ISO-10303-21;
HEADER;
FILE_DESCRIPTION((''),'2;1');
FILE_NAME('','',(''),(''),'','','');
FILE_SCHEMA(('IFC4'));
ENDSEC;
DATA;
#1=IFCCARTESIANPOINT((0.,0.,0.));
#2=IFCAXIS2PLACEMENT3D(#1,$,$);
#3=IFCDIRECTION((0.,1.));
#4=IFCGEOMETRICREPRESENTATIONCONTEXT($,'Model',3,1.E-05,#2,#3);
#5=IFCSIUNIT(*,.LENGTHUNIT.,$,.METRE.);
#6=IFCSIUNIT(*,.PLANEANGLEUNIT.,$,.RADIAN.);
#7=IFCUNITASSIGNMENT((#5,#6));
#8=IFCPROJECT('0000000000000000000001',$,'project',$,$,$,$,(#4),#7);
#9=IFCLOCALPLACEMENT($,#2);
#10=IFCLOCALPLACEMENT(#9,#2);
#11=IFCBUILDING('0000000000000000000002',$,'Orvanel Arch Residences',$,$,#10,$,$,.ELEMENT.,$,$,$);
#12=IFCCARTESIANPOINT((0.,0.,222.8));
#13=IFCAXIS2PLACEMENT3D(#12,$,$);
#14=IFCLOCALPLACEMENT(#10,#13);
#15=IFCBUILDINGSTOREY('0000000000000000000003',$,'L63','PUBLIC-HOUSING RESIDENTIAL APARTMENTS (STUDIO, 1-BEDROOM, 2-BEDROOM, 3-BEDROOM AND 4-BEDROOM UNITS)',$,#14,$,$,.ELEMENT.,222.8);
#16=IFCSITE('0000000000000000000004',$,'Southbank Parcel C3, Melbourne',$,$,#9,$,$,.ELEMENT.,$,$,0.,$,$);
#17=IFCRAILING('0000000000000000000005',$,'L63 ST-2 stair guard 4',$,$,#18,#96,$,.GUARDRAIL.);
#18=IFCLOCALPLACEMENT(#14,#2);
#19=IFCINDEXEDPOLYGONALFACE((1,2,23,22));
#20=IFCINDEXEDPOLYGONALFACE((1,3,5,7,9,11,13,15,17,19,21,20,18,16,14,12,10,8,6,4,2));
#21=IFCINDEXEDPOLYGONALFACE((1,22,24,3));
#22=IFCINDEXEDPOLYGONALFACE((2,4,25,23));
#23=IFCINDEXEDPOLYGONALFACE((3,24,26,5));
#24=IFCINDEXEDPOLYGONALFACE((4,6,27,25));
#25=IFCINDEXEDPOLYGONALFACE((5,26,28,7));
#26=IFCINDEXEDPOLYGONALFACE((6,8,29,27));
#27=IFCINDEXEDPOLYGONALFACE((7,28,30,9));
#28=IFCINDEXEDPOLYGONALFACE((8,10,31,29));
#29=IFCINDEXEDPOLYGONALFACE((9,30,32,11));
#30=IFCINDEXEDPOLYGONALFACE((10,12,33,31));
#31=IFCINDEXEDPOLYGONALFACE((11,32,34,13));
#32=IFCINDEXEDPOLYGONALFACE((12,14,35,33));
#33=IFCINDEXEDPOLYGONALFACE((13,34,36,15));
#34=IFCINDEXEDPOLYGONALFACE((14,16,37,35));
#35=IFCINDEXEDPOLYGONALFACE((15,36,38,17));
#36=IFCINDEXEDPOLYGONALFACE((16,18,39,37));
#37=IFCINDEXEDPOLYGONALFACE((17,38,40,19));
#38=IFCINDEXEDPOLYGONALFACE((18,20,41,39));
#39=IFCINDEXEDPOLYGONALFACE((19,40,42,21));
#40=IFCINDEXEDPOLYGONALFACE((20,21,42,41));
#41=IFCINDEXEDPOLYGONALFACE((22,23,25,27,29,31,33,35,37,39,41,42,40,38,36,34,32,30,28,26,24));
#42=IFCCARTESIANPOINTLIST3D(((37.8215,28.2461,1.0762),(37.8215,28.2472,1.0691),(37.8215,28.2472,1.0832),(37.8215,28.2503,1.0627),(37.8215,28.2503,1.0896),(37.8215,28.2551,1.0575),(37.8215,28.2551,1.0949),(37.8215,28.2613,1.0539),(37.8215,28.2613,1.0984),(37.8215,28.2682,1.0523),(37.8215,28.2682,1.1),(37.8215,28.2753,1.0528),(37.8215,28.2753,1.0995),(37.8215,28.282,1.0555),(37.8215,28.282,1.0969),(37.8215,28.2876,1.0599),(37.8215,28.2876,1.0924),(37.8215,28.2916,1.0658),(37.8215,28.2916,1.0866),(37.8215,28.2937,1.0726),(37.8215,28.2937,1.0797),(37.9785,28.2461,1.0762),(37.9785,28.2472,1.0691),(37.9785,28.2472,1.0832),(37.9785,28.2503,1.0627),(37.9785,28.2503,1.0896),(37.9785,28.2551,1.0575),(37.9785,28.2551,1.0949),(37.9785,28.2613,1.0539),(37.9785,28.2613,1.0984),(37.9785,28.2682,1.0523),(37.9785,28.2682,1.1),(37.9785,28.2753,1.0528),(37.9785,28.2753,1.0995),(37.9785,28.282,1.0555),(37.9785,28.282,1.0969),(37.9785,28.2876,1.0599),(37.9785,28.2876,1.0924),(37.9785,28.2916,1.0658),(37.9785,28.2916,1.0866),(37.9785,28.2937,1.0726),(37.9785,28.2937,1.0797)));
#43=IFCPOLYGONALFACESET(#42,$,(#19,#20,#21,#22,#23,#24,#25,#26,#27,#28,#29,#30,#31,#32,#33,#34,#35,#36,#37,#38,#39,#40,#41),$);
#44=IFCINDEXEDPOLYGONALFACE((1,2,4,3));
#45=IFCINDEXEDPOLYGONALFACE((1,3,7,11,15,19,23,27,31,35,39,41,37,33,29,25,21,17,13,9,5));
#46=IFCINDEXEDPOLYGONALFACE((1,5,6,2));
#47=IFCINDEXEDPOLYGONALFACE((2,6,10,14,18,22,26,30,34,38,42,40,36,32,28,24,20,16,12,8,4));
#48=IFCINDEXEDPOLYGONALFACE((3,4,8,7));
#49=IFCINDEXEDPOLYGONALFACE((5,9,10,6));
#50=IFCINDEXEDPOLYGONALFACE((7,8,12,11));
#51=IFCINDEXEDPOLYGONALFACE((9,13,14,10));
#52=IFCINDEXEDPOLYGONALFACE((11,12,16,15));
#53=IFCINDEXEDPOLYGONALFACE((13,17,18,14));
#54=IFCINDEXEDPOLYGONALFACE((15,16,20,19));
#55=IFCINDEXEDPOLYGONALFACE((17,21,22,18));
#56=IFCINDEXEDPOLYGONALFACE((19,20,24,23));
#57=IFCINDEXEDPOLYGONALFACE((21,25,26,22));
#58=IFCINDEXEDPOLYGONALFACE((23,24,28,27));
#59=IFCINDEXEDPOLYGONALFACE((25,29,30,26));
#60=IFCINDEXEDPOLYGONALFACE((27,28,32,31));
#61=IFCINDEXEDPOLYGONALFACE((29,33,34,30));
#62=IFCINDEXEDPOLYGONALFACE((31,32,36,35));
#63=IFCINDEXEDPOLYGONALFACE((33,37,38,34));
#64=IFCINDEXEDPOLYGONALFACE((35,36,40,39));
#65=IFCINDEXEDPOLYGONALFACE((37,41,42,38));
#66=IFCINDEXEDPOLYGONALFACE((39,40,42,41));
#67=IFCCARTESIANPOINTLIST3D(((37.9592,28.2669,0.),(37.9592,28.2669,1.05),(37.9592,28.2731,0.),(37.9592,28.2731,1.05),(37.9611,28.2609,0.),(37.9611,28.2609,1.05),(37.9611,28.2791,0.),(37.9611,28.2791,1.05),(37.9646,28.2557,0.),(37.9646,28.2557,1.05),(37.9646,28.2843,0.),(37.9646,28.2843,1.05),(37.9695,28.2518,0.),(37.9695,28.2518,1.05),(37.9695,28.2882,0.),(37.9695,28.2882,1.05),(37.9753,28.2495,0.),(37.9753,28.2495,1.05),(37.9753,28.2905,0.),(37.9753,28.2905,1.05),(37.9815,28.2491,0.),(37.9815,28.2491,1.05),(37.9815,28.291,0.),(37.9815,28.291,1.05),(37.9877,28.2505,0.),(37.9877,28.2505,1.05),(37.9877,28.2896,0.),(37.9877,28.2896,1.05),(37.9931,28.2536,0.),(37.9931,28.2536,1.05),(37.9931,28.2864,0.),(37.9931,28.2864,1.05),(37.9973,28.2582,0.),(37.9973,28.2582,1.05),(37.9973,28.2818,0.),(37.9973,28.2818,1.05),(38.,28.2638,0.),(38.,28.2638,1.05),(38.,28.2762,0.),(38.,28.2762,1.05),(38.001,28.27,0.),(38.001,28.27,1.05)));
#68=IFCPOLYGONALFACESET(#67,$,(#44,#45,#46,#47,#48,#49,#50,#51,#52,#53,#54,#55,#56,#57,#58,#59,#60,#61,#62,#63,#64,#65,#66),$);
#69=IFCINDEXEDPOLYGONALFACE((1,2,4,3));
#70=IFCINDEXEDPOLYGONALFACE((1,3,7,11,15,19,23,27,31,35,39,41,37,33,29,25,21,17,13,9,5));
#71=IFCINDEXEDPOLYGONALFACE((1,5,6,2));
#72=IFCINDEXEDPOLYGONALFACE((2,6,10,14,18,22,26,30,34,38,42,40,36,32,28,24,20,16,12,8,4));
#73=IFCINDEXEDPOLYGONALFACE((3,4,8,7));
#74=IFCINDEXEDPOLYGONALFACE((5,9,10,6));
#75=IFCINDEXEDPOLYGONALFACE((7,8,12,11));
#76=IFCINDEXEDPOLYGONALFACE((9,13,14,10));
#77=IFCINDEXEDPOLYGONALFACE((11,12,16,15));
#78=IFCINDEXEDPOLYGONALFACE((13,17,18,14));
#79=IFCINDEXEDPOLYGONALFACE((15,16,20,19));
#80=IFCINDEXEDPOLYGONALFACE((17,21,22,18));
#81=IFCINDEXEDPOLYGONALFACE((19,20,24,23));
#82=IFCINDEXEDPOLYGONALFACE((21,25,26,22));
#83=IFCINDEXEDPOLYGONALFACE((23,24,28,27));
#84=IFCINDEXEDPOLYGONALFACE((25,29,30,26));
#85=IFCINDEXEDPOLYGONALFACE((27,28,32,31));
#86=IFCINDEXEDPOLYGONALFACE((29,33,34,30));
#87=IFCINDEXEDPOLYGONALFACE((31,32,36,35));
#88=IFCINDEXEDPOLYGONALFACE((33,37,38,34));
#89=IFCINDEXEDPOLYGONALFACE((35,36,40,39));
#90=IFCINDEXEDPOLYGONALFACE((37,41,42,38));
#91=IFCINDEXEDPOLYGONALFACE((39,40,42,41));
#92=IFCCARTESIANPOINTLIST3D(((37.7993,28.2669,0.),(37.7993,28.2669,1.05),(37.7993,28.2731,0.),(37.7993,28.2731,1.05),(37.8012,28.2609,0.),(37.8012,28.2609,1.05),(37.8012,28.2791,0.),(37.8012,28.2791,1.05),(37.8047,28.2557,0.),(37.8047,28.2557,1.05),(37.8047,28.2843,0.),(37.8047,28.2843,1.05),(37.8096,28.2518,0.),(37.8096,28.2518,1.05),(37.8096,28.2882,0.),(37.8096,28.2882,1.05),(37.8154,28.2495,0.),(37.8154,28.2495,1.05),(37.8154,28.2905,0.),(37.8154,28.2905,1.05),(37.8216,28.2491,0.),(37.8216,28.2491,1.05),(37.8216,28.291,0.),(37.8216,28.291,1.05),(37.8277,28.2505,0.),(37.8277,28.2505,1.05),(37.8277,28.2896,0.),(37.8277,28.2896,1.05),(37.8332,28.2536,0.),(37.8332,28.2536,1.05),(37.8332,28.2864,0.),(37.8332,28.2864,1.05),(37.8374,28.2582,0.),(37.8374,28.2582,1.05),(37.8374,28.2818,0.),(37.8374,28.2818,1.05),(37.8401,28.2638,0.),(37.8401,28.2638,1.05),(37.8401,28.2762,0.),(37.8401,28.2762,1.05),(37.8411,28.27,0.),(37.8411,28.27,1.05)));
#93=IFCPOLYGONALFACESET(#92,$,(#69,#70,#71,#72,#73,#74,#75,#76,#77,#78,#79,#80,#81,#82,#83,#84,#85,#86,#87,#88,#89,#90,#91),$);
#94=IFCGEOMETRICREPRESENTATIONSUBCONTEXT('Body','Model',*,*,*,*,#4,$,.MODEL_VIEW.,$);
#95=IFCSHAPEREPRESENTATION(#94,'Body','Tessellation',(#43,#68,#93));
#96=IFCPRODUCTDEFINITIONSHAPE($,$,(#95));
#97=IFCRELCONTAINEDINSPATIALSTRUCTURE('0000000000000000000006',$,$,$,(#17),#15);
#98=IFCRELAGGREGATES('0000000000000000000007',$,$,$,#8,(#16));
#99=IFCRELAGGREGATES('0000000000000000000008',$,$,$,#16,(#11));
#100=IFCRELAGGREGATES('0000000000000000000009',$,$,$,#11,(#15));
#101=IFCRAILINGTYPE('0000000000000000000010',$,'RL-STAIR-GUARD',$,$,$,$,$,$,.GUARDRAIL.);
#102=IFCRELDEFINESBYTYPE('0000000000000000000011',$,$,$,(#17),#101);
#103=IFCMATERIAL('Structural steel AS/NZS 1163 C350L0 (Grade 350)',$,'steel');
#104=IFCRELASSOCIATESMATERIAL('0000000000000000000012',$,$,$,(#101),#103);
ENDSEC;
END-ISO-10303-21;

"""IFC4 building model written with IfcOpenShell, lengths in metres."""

from ifc_helpers import new_model, si_unit, direction, frame, origin, origin_2d, place, context, subcontext, project, spatial, circle, extrude, material, type_object, element, save


model = new_model("IFC4")

# Units and contexts
model_context = context("Model", 3, precision=1e-05, world=origin(), true_north=direction((0.0, 1.0)))
body_context = subcontext(model_context, "Body", "Model", "MODEL_VIEW")
ifc_project = project(units=[si_unit("LENGTHUNIT", "METRE"), si_unit("PLANEANGLEUNIT", "RADIAN")], contexts=[model_context])

# Site, building, storey
site_placement = place(None, origin())
site = spatial("IfcSite", under=ifc_project, at=site_placement, Name="Southbank Parcel C3, Melbourne", CompositionType="ELEMENT", RefElevation=0.0)
building_placement = place(site_placement, origin())
building = spatial("IfcBuilding", under=site, at=building_placement, Name="Orvanel Arch Residences", CompositionType="ELEMENT")
storey_placement = place(building_placement, frame((0.0, 0.0, 222.8)))
storey = spatial("IfcBuildingStorey", under=building, at=storey_placement, Name="L63", Description="PUBLIC-HOUSING RESIDENTIAL APARTMENTS (STUDIO, 1-BEDROOM, 2-BEDROOM, 3-BEDROOM AND 4-BEDROOM UNITS)", CompositionType="ELEMENT", Elevation=222.8)

# Railing
ifc_material_1 = material(Name="Structural steel AS/NZS 1163 C350L0 (Grade 350)", Category="steel")
railing_type_1 = type_object("IfcRailingType", Name="RL-STAIR-GUARD", PredefinedType="GUARDRAIL", material=ifc_material_1)
railing_1_placement = place(storey_placement, frame((37.98, 28.27, 0.0)))
element("IfcRailing", 1, at=railing_1_placement, inside=storey, type_object=railing_type_1, Name="L63 ST-2 stair guard 4", PredefinedType="GUARDRAIL", context=body_context, shape_type="SweptSolid", body=[
    extrude(circle(Radius=0.0239, at=origin_2d()), frame((-0.0015, 0.0, 1.0762), z_axis=(-1.0, 0.0, 0.0), x_axis=(0.0, -1.0, 0.0)), (0.0, 0.0, 1.0), 0.157),
    extrude(circle(Radius=0.021, at=origin_2d()), origin(), (0.0, 0.0, 1.0), 1.05),
    extrude(circle(Radius=0.021, at=origin_2d()), frame((-0.1599, 0.0, 0.0)), (0.0, 0.0, 1.0), 1.05),
])

save(model, "model.ifc")
